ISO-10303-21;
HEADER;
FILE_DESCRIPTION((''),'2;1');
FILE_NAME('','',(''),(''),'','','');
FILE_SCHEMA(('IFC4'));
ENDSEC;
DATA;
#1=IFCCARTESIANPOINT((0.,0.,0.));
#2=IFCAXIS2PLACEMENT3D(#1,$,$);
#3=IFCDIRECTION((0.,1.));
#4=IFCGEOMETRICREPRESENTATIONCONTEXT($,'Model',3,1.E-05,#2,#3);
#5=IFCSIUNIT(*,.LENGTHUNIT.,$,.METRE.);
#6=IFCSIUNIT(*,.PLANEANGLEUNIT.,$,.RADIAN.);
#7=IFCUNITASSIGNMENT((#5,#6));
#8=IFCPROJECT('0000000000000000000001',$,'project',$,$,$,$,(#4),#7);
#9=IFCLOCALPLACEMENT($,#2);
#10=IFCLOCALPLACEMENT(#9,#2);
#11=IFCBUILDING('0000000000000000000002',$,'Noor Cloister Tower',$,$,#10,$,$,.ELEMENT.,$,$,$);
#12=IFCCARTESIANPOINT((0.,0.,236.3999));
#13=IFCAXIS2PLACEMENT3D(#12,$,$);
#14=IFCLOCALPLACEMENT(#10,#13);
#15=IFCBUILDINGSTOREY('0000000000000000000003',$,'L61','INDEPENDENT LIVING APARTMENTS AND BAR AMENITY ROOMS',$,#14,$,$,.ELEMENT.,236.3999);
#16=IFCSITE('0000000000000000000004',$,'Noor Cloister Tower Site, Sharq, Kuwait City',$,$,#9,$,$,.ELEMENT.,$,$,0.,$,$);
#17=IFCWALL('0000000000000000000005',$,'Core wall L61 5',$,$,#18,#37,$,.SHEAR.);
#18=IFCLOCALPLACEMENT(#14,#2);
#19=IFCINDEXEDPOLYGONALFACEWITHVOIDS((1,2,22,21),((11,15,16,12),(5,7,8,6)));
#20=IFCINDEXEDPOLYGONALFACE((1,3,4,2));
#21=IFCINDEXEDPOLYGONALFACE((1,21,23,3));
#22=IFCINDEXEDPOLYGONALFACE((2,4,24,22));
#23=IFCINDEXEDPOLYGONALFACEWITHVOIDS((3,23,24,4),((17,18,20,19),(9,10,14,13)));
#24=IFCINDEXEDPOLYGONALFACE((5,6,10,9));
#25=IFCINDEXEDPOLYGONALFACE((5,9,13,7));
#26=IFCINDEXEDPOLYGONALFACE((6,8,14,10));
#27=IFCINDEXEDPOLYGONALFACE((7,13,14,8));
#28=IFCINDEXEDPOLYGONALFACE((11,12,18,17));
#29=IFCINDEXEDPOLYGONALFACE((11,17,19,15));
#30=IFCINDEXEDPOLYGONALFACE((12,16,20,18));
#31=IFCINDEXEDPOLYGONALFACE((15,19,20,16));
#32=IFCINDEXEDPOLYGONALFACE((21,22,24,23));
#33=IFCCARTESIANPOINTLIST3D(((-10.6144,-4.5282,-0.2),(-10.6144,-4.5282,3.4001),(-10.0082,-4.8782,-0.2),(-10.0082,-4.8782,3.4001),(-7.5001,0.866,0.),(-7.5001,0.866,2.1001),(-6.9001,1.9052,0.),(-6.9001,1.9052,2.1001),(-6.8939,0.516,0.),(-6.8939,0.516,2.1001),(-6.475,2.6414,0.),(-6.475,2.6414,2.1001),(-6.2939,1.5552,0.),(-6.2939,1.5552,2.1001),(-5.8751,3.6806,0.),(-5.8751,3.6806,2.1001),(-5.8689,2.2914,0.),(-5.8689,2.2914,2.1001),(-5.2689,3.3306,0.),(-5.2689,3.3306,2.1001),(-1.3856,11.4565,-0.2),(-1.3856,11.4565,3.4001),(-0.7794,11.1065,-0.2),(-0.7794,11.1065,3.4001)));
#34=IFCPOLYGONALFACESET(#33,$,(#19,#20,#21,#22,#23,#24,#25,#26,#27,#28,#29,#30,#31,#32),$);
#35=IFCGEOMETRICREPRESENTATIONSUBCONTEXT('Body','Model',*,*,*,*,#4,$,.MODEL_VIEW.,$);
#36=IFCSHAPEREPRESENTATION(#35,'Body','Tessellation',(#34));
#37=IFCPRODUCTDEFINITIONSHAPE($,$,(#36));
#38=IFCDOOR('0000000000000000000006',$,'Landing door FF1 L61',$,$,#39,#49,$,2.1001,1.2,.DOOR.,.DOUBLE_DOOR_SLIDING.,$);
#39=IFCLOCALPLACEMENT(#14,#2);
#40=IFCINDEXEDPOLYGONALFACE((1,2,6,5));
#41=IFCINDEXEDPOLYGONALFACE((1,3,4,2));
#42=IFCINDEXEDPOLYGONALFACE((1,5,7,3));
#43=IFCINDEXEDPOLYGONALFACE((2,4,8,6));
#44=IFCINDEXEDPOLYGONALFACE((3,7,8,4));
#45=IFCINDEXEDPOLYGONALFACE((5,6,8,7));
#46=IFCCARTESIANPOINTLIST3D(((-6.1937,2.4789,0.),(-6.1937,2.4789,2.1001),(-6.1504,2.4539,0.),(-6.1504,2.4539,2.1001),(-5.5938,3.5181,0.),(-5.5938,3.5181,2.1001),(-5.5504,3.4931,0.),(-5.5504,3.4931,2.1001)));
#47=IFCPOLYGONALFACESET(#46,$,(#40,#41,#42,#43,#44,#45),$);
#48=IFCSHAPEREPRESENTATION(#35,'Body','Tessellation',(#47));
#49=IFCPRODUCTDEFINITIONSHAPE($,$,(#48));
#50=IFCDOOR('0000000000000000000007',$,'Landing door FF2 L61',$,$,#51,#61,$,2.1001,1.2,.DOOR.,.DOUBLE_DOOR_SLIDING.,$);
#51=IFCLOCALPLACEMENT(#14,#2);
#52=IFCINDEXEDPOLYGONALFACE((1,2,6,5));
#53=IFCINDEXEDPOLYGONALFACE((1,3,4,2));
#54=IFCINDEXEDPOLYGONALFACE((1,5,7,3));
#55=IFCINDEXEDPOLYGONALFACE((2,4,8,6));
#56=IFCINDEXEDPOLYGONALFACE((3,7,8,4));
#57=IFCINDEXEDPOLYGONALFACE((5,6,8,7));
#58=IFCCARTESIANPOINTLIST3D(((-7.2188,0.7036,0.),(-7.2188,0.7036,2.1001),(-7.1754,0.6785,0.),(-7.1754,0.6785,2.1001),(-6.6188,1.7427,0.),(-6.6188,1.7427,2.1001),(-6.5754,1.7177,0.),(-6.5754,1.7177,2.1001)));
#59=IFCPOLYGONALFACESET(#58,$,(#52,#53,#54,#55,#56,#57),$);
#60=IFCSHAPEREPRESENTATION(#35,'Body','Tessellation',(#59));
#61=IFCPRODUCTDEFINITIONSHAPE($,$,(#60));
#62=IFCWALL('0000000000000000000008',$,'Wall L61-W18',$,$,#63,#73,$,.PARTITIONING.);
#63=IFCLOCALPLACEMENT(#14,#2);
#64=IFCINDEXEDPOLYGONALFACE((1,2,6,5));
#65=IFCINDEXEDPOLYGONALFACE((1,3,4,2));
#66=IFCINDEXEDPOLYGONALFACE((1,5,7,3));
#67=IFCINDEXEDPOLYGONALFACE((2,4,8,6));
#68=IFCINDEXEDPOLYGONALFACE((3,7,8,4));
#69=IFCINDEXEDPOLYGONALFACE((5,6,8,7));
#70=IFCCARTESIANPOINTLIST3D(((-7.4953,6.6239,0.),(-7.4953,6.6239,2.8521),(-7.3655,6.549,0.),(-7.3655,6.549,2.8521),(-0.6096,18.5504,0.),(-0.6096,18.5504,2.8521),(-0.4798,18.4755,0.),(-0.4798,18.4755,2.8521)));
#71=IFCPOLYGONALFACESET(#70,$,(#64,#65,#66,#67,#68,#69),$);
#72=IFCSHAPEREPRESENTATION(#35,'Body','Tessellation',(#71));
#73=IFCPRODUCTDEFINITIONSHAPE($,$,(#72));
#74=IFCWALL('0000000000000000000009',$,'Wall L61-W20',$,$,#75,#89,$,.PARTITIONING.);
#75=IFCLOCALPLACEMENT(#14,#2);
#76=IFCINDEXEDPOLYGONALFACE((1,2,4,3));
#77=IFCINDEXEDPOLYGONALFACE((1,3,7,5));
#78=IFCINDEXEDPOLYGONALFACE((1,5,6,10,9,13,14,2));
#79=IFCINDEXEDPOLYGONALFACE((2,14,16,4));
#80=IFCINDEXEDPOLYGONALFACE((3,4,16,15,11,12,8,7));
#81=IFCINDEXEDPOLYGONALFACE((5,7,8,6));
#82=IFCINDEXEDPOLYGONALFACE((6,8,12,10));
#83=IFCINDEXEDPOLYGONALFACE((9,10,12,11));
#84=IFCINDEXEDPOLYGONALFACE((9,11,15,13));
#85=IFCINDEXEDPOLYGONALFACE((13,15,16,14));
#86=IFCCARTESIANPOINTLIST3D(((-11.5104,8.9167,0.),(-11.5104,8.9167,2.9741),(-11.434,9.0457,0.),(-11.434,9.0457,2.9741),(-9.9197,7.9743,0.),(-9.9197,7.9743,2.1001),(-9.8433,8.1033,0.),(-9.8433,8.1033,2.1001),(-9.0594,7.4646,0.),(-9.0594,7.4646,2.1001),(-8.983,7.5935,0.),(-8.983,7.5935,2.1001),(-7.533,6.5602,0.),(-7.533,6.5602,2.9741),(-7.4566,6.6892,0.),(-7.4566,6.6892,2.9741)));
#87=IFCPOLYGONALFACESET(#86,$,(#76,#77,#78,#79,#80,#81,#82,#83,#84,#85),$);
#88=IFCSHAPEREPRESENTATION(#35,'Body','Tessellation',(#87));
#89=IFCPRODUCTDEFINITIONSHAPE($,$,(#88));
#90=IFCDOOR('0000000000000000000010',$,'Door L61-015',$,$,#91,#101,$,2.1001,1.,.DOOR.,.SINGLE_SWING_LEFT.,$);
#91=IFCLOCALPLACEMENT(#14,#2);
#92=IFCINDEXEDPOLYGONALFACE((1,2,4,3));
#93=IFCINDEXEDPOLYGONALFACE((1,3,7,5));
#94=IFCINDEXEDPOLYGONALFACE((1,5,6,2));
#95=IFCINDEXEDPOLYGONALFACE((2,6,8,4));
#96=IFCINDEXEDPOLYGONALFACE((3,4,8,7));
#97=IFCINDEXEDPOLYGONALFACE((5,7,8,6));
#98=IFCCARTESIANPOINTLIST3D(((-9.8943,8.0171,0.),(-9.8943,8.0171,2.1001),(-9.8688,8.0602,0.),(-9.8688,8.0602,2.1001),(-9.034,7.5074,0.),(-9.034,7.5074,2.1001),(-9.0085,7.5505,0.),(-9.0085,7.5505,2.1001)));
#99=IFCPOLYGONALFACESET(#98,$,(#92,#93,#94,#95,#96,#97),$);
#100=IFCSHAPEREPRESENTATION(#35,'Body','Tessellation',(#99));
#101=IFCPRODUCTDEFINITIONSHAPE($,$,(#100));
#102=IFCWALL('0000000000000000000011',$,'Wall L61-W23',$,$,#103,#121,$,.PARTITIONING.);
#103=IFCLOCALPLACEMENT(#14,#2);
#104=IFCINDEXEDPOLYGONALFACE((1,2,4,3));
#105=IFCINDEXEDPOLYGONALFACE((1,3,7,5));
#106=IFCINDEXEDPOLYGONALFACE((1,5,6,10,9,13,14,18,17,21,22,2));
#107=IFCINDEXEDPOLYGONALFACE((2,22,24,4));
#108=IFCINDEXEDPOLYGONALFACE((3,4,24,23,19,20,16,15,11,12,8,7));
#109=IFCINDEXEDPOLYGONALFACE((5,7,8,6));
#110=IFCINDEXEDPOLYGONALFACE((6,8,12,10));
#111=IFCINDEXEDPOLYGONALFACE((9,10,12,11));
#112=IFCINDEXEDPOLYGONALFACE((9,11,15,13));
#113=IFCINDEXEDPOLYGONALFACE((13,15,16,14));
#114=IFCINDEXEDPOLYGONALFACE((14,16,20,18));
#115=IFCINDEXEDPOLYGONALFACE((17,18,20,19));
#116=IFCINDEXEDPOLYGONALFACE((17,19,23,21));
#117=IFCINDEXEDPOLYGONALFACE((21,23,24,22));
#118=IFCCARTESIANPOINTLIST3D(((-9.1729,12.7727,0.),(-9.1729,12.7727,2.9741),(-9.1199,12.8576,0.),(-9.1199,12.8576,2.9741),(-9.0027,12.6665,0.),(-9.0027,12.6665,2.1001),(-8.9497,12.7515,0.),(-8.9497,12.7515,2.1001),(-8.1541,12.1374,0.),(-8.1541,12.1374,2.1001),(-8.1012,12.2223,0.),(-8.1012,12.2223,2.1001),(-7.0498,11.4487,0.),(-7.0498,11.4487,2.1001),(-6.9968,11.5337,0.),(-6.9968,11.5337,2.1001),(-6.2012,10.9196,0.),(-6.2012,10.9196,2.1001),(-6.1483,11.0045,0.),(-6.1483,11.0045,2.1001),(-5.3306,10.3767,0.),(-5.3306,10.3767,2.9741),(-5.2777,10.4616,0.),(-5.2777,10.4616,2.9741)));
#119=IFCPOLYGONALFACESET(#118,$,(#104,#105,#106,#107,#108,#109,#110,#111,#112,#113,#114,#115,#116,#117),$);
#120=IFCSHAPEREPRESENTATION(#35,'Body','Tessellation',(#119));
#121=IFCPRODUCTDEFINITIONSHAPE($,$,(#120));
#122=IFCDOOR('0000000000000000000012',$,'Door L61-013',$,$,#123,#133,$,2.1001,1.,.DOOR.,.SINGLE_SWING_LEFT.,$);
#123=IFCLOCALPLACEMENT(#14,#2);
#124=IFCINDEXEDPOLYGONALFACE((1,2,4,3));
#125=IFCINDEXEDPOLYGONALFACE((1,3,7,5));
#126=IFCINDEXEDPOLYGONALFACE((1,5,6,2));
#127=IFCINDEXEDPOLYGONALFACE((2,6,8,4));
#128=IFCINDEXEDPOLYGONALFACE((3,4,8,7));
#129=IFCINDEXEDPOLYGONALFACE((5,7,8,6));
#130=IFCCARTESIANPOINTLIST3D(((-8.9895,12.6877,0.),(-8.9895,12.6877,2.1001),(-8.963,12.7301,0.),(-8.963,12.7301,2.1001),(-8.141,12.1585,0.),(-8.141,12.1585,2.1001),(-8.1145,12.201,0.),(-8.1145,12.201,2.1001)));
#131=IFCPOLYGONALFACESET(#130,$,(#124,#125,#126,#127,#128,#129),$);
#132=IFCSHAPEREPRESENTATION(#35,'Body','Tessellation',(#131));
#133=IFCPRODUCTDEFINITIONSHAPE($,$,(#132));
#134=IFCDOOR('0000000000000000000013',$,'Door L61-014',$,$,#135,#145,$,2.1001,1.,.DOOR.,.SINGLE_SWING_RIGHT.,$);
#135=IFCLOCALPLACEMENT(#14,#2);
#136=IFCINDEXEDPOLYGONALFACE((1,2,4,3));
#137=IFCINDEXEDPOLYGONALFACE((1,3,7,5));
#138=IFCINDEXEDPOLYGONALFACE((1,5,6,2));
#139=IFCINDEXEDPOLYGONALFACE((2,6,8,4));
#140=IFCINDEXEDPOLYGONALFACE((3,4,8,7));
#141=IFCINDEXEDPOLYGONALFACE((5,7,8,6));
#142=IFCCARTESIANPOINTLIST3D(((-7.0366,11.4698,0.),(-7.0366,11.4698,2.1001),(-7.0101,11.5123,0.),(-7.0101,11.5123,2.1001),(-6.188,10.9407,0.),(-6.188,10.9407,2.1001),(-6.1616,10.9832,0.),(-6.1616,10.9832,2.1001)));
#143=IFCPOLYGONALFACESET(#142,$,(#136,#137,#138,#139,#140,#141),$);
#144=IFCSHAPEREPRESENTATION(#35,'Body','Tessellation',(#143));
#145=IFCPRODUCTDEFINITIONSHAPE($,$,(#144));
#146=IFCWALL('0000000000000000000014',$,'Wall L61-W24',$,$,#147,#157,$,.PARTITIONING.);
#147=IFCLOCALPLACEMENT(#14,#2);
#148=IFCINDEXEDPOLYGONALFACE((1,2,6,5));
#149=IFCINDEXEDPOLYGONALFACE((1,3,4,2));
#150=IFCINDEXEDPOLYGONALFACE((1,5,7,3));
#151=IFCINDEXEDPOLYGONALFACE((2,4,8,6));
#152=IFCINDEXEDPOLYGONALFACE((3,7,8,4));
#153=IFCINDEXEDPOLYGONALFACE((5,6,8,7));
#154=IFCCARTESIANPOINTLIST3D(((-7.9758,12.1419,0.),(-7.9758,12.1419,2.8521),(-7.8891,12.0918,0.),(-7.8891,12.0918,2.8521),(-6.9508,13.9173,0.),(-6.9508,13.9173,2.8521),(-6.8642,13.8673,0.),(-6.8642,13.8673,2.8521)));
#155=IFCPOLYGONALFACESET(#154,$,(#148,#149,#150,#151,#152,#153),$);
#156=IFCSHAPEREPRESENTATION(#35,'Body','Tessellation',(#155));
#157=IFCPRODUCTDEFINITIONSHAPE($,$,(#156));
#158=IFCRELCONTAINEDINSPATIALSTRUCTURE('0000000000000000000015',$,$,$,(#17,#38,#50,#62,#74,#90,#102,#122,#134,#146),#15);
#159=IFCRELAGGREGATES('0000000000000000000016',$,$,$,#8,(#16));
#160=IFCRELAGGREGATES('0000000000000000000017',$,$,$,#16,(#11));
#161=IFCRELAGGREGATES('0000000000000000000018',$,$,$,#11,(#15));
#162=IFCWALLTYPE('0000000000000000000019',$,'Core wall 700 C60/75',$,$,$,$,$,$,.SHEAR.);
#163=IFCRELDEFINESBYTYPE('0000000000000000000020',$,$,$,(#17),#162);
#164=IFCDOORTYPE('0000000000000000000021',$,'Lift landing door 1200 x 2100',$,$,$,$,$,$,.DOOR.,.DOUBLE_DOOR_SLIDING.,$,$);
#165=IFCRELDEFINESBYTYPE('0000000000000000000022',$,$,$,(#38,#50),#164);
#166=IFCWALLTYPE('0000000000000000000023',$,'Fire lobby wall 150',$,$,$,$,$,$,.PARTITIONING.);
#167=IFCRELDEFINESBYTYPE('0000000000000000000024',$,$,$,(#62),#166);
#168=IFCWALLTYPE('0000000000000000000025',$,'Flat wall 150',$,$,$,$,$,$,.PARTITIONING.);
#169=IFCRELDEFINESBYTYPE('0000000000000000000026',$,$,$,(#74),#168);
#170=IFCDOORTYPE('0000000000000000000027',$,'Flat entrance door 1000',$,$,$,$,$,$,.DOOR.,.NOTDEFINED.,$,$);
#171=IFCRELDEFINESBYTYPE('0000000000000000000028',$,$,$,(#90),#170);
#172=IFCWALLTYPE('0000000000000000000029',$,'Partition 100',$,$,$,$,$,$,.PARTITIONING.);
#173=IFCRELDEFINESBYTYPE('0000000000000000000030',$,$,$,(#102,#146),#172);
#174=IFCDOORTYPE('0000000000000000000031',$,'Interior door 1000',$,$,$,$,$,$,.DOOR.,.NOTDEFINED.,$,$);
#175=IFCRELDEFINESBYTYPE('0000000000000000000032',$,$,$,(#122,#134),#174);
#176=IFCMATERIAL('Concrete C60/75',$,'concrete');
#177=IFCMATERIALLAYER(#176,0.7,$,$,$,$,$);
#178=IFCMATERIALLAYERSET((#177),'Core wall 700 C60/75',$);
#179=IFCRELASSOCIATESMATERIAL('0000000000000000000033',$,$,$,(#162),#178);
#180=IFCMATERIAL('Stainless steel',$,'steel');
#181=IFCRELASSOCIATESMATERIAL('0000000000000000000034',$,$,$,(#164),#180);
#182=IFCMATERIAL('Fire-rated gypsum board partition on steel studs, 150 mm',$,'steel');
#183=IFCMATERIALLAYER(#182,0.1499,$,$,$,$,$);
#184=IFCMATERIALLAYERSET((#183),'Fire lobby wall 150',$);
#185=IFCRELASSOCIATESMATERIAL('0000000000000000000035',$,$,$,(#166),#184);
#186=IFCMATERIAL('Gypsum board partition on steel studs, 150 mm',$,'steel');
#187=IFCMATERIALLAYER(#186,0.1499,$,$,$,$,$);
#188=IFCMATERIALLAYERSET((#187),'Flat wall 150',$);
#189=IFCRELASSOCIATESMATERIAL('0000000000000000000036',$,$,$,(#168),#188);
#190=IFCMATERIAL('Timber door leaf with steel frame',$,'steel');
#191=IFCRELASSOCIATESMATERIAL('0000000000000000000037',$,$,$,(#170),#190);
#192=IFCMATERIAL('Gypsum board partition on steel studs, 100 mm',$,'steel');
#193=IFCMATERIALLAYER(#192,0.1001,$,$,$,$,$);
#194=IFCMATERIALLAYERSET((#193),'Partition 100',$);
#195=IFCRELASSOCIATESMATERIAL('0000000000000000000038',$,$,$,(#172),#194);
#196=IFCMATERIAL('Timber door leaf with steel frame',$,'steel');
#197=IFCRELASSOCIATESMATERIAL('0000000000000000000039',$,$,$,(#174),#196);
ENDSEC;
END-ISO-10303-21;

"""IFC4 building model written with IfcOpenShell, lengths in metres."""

from ifc_helpers import new_model, si_unit, direction, frame, frame_2d, origin, place, context, subcontext, project, spatial, rectangle, extrude, material, layer, layer_set, type_object, element, fill, save


model = new_model("IFC4")

# Units and contexts
model_context = context("Model", 3, precision=1e-05, world=origin(), true_north=direction((0.0, 1.0)))
body_context = subcontext(model_context, "Body", "Model", "MODEL_VIEW")
ifc_project = project(units=[si_unit("LENGTHUNIT", "METRE"), si_unit("PLANEANGLEUNIT", "RADIAN")], contexts=[model_context])

# Site, building, storey
site_placement = place(None, origin())
site = spatial("IfcSite", under=ifc_project, at=site_placement, Name="Noor Cloister Tower Site, Sharq, Kuwait City", CompositionType="ELEMENT", RefElevation=0.0)
building_placement = place(site_placement, origin())
building = spatial("IfcBuilding", under=site, at=building_placement, Name="Noor Cloister Tower", CompositionType="ELEMENT")
storey_placement = place(building_placement, frame((0.0, 0.0, 236.3999)))
storey = spatial("IfcBuildingStorey", under=building, at=storey_placement, Name="L61", Description="INDEPENDENT LIVING APARTMENTS AND BAR AMENITY ROOMS", CompositionType="ELEMENT", Elevation=236.3999)

# Wall, openings, doors
ifc_material_1 = material(Name="Concrete C60/75", Category="concrete")
ifc_layer_1 = layer(ifc_material_1, 0.7)
ifc_layer_set_1 = layer_set([ifc_layer_1], Name="Core wall 700 C60/75")
wall_type_1 = type_object("IfcWallType", Name="Core wall 700 C60/75", PredefinedType="SHEAR", material=ifc_layer_set_1)
wall_1_placement = place(storey_placement, frame((-1.0825, 11.2815, -0.2), z_axis=(0.0, 0.0, 1.0), x_axis=(-0.500001, -0.866025, 0.0)))
wall_1 = element("IfcWall", 1, at=wall_1_placement, inside=storey, type_object=wall_type_1, Name="Core wall L61 5", PredefinedType="SHEAR", context=body_context, shape_type="SweptSolid", body=[
    extrude(rectangle(XDim=18.4575, YDim=0.7, at=frame_2d((9.2288, 0.0))), origin(), (0.0, 0.0, 1.0), 3.6001),
])
opening_1_placement = place(wall_1_placement, frame((8.9788, 0.0, 0.2)))
opening_1 = element("IfcOpeningElement", 2, at=opening_1_placement, cuts=wall_1, PredefinedType="OPENING", context=body_context, shape_type="SweptSolid", body=[
    extrude(rectangle(XDim=1.2, YDim=2.1001, at=frame_2d((0.6001, 1.05))), frame((0.0, 0.3599, 0.0), z_axis=(0.0, -1.0, 0.0), x_axis=(1.0, 0.0, 0.0)), (0.0, 0.0, 1.0), 0.72),
])
opening_2_placement = place(wall_1_placement, frame((11.0288, 0.0, 0.2)))
opening_2 = element("IfcOpeningElement", 3, at=opening_2_placement, cuts=wall_1, PredefinedType="OPENING", context=body_context, shape_type="SweptSolid", body=[
    extrude(rectangle(XDim=1.2, YDim=2.1001, at=frame_2d((0.6001, 1.05))), frame((0.0, 0.3599, 0.0), z_axis=(0.0, -1.0, 0.0), x_axis=(1.0, 0.0, 0.0)), (0.0, 0.0, 1.0), 0.72),
])
ifc_material_2 = material(Name="Stainless steel", Category="steel")
door_type_1 = type_object("IfcDoorType", Name="Lift landing door 1200 x 2100", OperationType="DOUBLE_DOOR_SLIDING", PredefinedType="DOOR", material=ifc_material_2)
door_1_placement = place(opening_1_placement, origin())
door_1 = element("IfcDoor", 4, at=door_1_placement, inside=storey, type_object=door_type_1, Name="Landing door FF1 L61", OperationType="DOUBLE_DOOR_SLIDING", OverallHeight=2.1001, OverallWidth=1.2, PredefinedType="DOOR", context=body_context, shape_type="SweptSolid", body=[
    extrude(rectangle(XDim=1.2, YDim=2.1001, at=frame_2d((0.6001, 1.05))), frame((0.0, 0.0249, 0.0), z_axis=(0.0, -1.0, 0.0), x_axis=(1.0, 0.0, 0.0)), (0.0, 0.0, 1.0), 0.05),
])
fill(opening_1, door_1)
door_2_placement = place(opening_2_placement, origin())
door_2 = element("IfcDoor", 5, at=door_2_placement, inside=storey, type_object=door_type_1, Name="Landing door FF2 L61", OperationType="DOUBLE_DOOR_SLIDING", OverallHeight=2.1001, OverallWidth=1.2, PredefinedType="DOOR", context=body_context, shape_type="SweptSolid", body=[
    extrude(rectangle(XDim=1.2, YDim=2.1001, at=frame_2d((0.6001, 1.05))), frame((0.0, 0.0249, 0.0), z_axis=(0.0, -1.0, 0.0), x_axis=(1.0, 0.0, 0.0)), (0.0, 0.0, 1.0), 0.05),
])
fill(opening_2, door_2)

# Wall
ifc_material_3 = material(Name="Fire-rated gypsum board partition on steel studs, 150 mm", Category="steel")
ifc_layer_2 = layer(ifc_material_3, 0.1499)
ifc_layer_set_2 = layer_set([ifc_layer_2], Name="Fire lobby wall 150")
wall_type_2 = type_object("IfcWallType", Name="Fire lobby wall 150", PredefinedType="PARTITIONING", material=ifc_layer_set_2)
wall_2_placement = place(storey_placement, frame((-0.5447, 18.5129, 0.0), z_axis=(0.0, 0.0, 1.0), x_axis=(-0.499998, -0.866026, 0.0)))
element("IfcWall", 6, at=wall_2_placement, inside=storey, type_object=wall_type_2, Name="Wall L61-W18", PredefinedType="PARTITIONING", context=body_context, shape_type="SweptSolid", body=[
    extrude(rectangle(XDim=13.7715, YDim=0.1499, at=frame_2d((6.8857, 0.0))), origin(), (0.0, 0.0, 1.0), 2.8521),
])

# Wall, opening, door
ifc_material_4 = material(Name="Gypsum board partition on steel studs, 150 mm", Category="steel")
ifc_layer_3 = layer(ifc_material_4, 0.1499)
ifc_layer_set_3 = layer_set([ifc_layer_3], Name="Flat wall 150")
wall_type_3 = type_object("IfcWallType", Name="Flat wall 150", PredefinedType="PARTITIONING", material=ifc_layer_set_3)
wall_3_placement = place(storey_placement, frame((-11.4722, 8.9812, 0.0), z_axis=(0.0, 0.0, 1.0), x_axis=(0.860336, -0.509727, 0.0)))
wall_3 = element("IfcWall", 7, at=wall_3_placement, inside=storey, type_object=wall_type_3, Name="Wall L61-W20", PredefinedType="PARTITIONING", context=body_context, shape_type="SweptSolid", body=[
    extrude(rectangle(XDim=4.623, YDim=0.1499, at=frame_2d((2.3115, 0.0))), origin(), (0.0, 0.0, 1.0), 2.9741),
])
opening_3_placement = place(wall_3_placement, frame((1.8489, 0.0, 0.0)))
opening_3 = element("IfcOpeningElement", 8, at=opening_3_placement, cuts=wall_3, PredefinedType="OPENING", context=body_context, shape_type="SweptSolid", body=[
    extrude(rectangle(XDim=1.0, YDim=2.1001, at=frame_2d((0.5, 1.05))), frame((0.0, 0.085, 0.0), z_axis=(0.0, -1.0, 0.0), x_axis=(1.0, 0.0, 0.0)), (0.0, 0.0, 1.0), 0.1699),
])
ifc_material_5 = material(Name="Timber door leaf with steel frame", Category="steel")
door_type_2 = type_object("IfcDoorType", Name="Flat entrance door 1000", OperationType="NOTDEFINED", PredefinedType="DOOR", material=ifc_material_5)
door_3_placement = place(opening_3_placement, origin())
door_3 = element("IfcDoor", 9, at=door_3_placement, inside=storey, type_object=door_type_2, Name="Door L61-015", OperationType="SINGLE_SWING_LEFT", OverallHeight=2.1001, OverallWidth=1.0, PredefinedType="DOOR", context=body_context, shape_type="SweptSolid", body=[
    extrude(rectangle(XDim=1.0, YDim=2.1001, at=frame_2d((0.5, 1.05))), frame((0.0, 0.0249, 0.0), z_axis=(0.0, -1.0, 0.0), x_axis=(1.0, 0.0, 0.0)), (0.0, 0.0, 1.0), 0.05),
])
fill(opening_3, door_3)

# Wall, openings, doors
ifc_material_6 = material(Name="Gypsum board partition on steel studs, 100 mm", Category="steel")
ifc_layer_4 = layer(ifc_material_6, 0.1001)
ifc_layer_set_4 = layer_set([ifc_layer_4], Name="Partition 100")
wall_type_4 = type_object("IfcWallType", Name="Partition 100", PredefinedType="PARTITIONING", material=ifc_layer_set_4)
wall_4_placement = place(storey_placement, frame((-9.1465, 12.8152, 0.0), z_axis=(0.0, 0.0, 1.0), x_axis=(0.848537, -0.529136, 0.0)))
wall_4 = element("IfcWall", 10, at=wall_4_placement, inside=storey, type_object=wall_type_4, Name="Wall L61-W23", PredefinedType="PARTITIONING", context=body_context, shape_type="SweptSolid", body=[
    extrude(rectangle(XDim=4.5281, YDim=0.1001, at=frame_2d((2.2642, 0.0))), origin(), (0.0, 0.0, 1.0), 2.9741),
])
opening_4_placement = place(wall_4_placement, frame((0.2007, 0.0, 0.0)))
opening_4 = element("IfcOpeningElement", 11, at=opening_4_placement, cuts=wall_4, PredefinedType="OPENING", context=body_context, shape_type="SweptSolid", body=[
    extrude(rectangle(XDim=1.0, YDim=2.1001, at=frame_2d((0.5, 1.05))), frame((0.0, 0.0601, 0.0), z_axis=(0.0, -1.0, 0.0), x_axis=(1.0, 0.0, 0.0)), (0.0, 0.0, 1.0), 0.1201),
])
opening_5_placement = place(wall_4_placement, frame((2.5022, 0.0, 0.0)))
opening_5 = element("IfcOpeningElement", 12, at=opening_5_placement, cuts=wall_4, PredefinedType="OPENING", context=body_context, shape_type="SweptSolid", body=[
    extrude(rectangle(XDim=1.0, YDim=2.1001, at=frame_2d((0.5, 1.05))), frame((0.0, 0.0601, 0.0), z_axis=(0.0, -1.0, 0.0), x_axis=(1.0, 0.0, 0.0)), (0.0, 0.0, 1.0), 0.1201),
])
ifc_material_7 = material(Name="Timber door leaf with steel frame", Category="steel")
door_type_3 = type_object("IfcDoorType", Name="Interior door 1000", OperationType="NOTDEFINED", PredefinedType="DOOR", material=ifc_material_7)
door_4_placement = place(opening_4_placement, origin())
door_4 = element("IfcDoor", 13, at=door_4_placement, inside=storey, type_object=door_type_3, Name="Door L61-013", OperationType="SINGLE_SWING_LEFT", OverallHeight=2.1001, OverallWidth=1.0, PredefinedType="DOOR", context=body_context, shape_type="SweptSolid", body=[
    extrude(rectangle(XDim=1.0, YDim=2.1001, at=frame_2d((0.5, 1.05))), frame((0.0, 0.0249, 0.0), z_axis=(0.0, -1.0, 0.0), x_axis=(1.0, 0.0, 0.0)), (0.0, 0.0, 1.0), 0.05),
])
fill(opening_4, door_4)
door_5_placement = place(opening_5_placement, origin())
door_5 = element("IfcDoor", 14, at=door_5_placement, inside=storey, type_object=door_type_3, Name="Door L61-014", OperationType="SINGLE_SWING_RIGHT", OverallHeight=2.1001, OverallWidth=1.0, PredefinedType="DOOR", context=body_context, shape_type="SweptSolid", body=[
    extrude(rectangle(XDim=1.0, YDim=2.1001, at=frame_2d((0.5, 1.05))), frame((0.0, 0.0249, 0.0), z_axis=(0.0, -1.0, 0.0), x_axis=(1.0, 0.0, 0.0)), (0.0, 0.0, 1.0), 0.05),
])
fill(opening_5, door_5)

# Wall
wall_5_placement = place(storey_placement, frame((-7.9324, 12.1169, 0.0), z_axis=(0.0, 0.0, 1.0), x_axis=(0.499956, 0.866051, 0.0)))
element("IfcWall", 15, at=wall_5_placement, inside=storey, type_object=wall_type_4, Name="Wall L61-W24", PredefinedType="PARTITIONING", context=body_context, shape_type="SweptSolid", body=[
    extrude(rectangle(XDim=2.05, YDim=0.1001, at=frame_2d((1.0249, 0.0))), origin(), (0.0, 0.0, 1.0), 2.8521),
])

save(model, "model.ifc")
